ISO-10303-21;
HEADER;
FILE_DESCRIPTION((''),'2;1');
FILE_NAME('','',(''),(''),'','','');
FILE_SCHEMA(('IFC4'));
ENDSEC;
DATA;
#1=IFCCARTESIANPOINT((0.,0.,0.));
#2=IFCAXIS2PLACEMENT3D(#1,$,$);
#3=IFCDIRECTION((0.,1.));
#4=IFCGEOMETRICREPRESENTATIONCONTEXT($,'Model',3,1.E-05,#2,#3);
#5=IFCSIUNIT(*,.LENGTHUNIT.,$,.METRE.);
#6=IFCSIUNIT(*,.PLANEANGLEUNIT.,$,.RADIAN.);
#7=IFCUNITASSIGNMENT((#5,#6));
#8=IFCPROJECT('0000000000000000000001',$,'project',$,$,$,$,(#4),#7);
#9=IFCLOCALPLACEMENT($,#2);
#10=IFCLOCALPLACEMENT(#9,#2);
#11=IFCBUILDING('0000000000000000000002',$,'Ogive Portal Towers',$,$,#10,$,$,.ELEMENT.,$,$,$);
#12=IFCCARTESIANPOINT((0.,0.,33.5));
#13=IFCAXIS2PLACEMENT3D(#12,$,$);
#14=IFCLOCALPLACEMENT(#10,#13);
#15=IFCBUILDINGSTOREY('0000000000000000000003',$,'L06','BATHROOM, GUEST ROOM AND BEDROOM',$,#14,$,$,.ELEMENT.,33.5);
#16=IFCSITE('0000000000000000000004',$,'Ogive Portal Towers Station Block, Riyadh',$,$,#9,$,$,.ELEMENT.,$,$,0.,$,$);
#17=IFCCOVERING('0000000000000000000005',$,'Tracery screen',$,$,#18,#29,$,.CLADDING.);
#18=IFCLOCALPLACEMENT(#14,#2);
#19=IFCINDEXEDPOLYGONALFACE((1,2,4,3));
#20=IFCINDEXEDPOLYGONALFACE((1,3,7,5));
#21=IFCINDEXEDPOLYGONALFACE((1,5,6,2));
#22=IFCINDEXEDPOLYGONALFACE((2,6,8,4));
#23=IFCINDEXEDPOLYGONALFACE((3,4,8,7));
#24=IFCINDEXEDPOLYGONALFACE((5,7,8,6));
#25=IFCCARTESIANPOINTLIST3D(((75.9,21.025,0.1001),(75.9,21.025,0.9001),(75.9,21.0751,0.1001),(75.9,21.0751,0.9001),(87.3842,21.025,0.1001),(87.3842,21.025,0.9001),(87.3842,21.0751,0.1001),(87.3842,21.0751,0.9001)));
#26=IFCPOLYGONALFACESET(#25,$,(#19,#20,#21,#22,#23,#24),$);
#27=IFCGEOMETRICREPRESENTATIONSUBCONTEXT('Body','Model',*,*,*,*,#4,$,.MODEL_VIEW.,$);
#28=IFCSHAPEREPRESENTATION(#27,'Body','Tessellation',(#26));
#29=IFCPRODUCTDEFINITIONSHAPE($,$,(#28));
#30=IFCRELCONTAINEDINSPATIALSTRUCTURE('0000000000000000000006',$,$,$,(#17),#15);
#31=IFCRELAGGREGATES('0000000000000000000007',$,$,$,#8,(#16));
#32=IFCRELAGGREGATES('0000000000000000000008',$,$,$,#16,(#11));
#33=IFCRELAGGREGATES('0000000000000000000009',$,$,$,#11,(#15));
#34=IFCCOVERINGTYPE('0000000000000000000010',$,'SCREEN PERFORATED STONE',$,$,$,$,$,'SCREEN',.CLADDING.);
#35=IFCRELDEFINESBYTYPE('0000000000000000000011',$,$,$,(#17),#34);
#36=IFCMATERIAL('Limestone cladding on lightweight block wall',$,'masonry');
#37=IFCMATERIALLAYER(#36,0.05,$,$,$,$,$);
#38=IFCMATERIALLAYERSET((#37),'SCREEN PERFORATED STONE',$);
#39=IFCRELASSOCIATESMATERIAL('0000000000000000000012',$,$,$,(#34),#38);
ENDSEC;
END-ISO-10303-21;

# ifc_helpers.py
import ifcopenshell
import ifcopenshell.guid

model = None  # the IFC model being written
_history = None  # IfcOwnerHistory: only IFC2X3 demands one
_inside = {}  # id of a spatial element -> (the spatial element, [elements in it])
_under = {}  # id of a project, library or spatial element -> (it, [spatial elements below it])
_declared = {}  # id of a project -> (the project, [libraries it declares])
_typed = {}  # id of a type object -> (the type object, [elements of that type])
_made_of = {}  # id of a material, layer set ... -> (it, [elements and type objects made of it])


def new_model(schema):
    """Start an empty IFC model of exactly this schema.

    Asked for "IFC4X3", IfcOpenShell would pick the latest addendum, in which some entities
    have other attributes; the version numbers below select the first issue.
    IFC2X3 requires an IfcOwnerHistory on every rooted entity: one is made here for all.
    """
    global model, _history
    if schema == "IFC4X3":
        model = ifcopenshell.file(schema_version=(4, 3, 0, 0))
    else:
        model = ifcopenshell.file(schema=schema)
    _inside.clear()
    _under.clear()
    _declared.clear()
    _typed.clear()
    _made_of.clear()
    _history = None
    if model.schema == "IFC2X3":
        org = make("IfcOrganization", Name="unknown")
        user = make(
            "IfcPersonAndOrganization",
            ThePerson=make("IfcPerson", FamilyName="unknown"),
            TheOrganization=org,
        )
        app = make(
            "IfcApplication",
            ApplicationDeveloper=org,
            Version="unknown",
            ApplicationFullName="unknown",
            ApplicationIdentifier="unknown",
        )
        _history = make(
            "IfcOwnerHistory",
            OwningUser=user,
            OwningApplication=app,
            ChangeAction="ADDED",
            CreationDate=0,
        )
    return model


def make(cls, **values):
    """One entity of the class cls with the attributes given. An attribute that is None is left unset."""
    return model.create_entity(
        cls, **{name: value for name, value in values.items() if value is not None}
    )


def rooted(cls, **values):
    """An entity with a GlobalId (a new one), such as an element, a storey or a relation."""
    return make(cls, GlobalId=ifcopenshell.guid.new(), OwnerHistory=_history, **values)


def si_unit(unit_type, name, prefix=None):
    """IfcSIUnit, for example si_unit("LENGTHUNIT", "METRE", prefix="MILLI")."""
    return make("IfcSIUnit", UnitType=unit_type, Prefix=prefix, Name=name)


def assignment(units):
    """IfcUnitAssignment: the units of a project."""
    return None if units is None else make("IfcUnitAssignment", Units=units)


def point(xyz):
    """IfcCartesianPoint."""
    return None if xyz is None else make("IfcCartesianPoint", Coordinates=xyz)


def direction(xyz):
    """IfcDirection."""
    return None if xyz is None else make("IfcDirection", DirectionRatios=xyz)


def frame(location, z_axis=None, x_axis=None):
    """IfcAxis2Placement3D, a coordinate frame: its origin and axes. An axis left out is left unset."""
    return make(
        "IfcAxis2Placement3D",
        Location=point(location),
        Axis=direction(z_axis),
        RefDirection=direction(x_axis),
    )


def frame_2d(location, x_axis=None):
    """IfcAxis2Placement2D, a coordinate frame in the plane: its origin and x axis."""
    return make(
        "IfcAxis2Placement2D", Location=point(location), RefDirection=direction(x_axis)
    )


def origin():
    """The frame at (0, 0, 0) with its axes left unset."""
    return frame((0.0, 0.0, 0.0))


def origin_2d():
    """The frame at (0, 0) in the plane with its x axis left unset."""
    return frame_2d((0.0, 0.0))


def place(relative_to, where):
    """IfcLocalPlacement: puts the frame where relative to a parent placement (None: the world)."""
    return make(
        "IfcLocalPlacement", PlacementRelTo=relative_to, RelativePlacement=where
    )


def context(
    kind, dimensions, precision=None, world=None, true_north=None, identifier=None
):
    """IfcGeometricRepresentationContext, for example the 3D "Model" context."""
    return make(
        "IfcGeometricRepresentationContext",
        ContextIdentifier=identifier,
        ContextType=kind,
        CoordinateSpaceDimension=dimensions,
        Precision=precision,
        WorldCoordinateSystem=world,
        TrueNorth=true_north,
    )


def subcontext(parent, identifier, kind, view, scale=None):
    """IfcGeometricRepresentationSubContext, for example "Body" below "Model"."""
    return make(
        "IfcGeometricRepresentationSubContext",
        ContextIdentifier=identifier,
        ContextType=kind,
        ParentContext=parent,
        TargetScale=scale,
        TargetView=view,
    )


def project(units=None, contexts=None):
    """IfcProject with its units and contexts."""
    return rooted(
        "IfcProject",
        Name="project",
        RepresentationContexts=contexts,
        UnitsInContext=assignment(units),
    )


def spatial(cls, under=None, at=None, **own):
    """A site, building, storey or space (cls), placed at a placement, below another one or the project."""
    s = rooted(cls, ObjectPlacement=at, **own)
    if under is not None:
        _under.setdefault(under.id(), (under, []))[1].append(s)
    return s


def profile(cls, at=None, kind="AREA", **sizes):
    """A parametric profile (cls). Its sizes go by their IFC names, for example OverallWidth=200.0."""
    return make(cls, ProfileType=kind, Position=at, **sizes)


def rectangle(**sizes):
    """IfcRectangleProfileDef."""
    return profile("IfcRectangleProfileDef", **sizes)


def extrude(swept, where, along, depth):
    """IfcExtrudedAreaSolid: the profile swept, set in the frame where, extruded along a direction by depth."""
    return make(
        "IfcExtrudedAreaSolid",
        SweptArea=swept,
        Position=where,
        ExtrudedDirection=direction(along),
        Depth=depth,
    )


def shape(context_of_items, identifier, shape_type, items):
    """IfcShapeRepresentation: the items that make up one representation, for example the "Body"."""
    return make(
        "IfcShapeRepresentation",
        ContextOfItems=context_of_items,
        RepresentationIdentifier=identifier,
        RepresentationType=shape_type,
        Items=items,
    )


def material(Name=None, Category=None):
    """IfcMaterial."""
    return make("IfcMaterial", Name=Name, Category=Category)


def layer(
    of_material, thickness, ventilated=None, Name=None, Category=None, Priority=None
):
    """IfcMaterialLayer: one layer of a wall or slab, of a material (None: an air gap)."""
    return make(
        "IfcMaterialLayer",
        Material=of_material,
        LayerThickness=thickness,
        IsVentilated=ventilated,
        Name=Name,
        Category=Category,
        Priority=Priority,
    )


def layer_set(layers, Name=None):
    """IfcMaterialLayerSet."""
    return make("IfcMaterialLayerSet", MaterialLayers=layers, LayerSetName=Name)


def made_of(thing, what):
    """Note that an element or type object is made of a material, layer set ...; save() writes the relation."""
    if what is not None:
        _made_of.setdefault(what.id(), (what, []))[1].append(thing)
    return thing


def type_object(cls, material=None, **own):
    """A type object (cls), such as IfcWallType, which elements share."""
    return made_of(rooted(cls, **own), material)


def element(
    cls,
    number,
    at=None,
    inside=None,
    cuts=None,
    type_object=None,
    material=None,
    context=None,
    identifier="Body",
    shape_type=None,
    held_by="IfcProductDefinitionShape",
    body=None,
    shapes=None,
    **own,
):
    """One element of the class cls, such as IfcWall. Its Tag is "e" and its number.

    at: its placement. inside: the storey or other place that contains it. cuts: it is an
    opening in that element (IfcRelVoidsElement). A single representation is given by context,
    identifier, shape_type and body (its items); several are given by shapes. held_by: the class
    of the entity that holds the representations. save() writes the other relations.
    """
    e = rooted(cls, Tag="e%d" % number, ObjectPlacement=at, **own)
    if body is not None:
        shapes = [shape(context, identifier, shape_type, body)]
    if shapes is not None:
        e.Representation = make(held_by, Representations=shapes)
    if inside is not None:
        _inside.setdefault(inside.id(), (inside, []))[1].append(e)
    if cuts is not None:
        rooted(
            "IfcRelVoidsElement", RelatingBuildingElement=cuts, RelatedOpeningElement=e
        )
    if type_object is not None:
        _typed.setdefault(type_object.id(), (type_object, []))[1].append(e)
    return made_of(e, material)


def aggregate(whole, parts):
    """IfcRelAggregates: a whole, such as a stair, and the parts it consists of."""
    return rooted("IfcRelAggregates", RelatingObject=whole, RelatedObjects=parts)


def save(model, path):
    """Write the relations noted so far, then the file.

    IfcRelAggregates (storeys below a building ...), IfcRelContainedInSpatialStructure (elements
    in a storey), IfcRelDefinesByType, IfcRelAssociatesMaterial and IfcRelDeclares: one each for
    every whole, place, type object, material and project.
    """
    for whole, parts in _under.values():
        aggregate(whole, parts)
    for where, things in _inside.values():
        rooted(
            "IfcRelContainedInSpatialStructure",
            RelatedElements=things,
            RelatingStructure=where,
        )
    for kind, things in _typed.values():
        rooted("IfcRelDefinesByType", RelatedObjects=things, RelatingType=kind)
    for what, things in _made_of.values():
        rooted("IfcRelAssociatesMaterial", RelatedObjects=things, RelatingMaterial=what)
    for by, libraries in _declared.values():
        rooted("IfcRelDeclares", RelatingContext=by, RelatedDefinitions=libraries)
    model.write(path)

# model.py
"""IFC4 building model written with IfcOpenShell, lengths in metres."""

from ifc_helpers import new_model, si_unit, direction, frame, origin, origin_2d, place, context, subcontext, project, spatial, rectangle, extrude, material, layer, layer_set, type_object, element, save


model = new_model("IFC4")

# Units and contexts
model_context = context("Model", 3, precision=1e-05, world=origin(), true_north=direction((0.0, 1.0)))
body_context = subcontext(model_context, "Body", "Model", "MODEL_VIEW")
ifc_project = project(units=[si_unit("LENGTHUNIT", "METRE"), si_unit("PLANEANGLEUNIT", "RADIAN")], contexts=[model_context])

# Site, building, storey
site_placement = place(None, origin())
site = spatial("IfcSite", under=ifc_project, at=site_placement, Name="Ogive Portal Towers Station Block, Riyadh", CompositionType="ELEMENT", RefElevation=0.0)
building_placement = place(site_placement, origin())
building = spatial("IfcBuilding", under=site, at=building_placement, Name="Ogive Portal Towers", CompositionType="ELEMENT")
storey_placement = place(building_placement, frame((0.0, 0.0, 33.5)))
storey = spatial("IfcBuildingStorey", under=building, at=storey_placement, Name="L06", Description="BATHROOM, GUEST ROOM AND BEDROOM", CompositionType="ELEMENT", Elevation=33.5)

# Covering
ifc_material_1 = material(Name="Limestone cladding on lightweight block wall", Category="masonry")
ifc_layer_1 = layer(ifc_material_1, 0.05)
ifc_layer_set_1 = layer_set([ifc_layer_1], Name="SCREEN PERFORATED STONE")
covering_type_1 = type_object("IfcCoveringType", Name="SCREEN PERFORATED STONE", ElementType="SCREEN", PredefinedType="CLADDING", material=ifc_layer_set_1)
covering_1_placement = place(storey_placement, frame((81.6421, 21.05, 0.1001), z_axis=(0.0, 0.0, 1.0), x_axis=(1.0, 0.0, 0.0)))
element("IfcCovering", 1, at=covering_1_placement, inside=storey, type_object=covering_type_1, Name="Tracery screen", PredefinedType="CLADDING", context=body_context, shape_type="SweptSolid", body=[
    extrude(rectangle(XDim=11.4841, YDim=0.05, at=origin_2d()), origin(), (0.0, 0.0, 1.0), 0.8),
])

save(model, "model.ifc")
